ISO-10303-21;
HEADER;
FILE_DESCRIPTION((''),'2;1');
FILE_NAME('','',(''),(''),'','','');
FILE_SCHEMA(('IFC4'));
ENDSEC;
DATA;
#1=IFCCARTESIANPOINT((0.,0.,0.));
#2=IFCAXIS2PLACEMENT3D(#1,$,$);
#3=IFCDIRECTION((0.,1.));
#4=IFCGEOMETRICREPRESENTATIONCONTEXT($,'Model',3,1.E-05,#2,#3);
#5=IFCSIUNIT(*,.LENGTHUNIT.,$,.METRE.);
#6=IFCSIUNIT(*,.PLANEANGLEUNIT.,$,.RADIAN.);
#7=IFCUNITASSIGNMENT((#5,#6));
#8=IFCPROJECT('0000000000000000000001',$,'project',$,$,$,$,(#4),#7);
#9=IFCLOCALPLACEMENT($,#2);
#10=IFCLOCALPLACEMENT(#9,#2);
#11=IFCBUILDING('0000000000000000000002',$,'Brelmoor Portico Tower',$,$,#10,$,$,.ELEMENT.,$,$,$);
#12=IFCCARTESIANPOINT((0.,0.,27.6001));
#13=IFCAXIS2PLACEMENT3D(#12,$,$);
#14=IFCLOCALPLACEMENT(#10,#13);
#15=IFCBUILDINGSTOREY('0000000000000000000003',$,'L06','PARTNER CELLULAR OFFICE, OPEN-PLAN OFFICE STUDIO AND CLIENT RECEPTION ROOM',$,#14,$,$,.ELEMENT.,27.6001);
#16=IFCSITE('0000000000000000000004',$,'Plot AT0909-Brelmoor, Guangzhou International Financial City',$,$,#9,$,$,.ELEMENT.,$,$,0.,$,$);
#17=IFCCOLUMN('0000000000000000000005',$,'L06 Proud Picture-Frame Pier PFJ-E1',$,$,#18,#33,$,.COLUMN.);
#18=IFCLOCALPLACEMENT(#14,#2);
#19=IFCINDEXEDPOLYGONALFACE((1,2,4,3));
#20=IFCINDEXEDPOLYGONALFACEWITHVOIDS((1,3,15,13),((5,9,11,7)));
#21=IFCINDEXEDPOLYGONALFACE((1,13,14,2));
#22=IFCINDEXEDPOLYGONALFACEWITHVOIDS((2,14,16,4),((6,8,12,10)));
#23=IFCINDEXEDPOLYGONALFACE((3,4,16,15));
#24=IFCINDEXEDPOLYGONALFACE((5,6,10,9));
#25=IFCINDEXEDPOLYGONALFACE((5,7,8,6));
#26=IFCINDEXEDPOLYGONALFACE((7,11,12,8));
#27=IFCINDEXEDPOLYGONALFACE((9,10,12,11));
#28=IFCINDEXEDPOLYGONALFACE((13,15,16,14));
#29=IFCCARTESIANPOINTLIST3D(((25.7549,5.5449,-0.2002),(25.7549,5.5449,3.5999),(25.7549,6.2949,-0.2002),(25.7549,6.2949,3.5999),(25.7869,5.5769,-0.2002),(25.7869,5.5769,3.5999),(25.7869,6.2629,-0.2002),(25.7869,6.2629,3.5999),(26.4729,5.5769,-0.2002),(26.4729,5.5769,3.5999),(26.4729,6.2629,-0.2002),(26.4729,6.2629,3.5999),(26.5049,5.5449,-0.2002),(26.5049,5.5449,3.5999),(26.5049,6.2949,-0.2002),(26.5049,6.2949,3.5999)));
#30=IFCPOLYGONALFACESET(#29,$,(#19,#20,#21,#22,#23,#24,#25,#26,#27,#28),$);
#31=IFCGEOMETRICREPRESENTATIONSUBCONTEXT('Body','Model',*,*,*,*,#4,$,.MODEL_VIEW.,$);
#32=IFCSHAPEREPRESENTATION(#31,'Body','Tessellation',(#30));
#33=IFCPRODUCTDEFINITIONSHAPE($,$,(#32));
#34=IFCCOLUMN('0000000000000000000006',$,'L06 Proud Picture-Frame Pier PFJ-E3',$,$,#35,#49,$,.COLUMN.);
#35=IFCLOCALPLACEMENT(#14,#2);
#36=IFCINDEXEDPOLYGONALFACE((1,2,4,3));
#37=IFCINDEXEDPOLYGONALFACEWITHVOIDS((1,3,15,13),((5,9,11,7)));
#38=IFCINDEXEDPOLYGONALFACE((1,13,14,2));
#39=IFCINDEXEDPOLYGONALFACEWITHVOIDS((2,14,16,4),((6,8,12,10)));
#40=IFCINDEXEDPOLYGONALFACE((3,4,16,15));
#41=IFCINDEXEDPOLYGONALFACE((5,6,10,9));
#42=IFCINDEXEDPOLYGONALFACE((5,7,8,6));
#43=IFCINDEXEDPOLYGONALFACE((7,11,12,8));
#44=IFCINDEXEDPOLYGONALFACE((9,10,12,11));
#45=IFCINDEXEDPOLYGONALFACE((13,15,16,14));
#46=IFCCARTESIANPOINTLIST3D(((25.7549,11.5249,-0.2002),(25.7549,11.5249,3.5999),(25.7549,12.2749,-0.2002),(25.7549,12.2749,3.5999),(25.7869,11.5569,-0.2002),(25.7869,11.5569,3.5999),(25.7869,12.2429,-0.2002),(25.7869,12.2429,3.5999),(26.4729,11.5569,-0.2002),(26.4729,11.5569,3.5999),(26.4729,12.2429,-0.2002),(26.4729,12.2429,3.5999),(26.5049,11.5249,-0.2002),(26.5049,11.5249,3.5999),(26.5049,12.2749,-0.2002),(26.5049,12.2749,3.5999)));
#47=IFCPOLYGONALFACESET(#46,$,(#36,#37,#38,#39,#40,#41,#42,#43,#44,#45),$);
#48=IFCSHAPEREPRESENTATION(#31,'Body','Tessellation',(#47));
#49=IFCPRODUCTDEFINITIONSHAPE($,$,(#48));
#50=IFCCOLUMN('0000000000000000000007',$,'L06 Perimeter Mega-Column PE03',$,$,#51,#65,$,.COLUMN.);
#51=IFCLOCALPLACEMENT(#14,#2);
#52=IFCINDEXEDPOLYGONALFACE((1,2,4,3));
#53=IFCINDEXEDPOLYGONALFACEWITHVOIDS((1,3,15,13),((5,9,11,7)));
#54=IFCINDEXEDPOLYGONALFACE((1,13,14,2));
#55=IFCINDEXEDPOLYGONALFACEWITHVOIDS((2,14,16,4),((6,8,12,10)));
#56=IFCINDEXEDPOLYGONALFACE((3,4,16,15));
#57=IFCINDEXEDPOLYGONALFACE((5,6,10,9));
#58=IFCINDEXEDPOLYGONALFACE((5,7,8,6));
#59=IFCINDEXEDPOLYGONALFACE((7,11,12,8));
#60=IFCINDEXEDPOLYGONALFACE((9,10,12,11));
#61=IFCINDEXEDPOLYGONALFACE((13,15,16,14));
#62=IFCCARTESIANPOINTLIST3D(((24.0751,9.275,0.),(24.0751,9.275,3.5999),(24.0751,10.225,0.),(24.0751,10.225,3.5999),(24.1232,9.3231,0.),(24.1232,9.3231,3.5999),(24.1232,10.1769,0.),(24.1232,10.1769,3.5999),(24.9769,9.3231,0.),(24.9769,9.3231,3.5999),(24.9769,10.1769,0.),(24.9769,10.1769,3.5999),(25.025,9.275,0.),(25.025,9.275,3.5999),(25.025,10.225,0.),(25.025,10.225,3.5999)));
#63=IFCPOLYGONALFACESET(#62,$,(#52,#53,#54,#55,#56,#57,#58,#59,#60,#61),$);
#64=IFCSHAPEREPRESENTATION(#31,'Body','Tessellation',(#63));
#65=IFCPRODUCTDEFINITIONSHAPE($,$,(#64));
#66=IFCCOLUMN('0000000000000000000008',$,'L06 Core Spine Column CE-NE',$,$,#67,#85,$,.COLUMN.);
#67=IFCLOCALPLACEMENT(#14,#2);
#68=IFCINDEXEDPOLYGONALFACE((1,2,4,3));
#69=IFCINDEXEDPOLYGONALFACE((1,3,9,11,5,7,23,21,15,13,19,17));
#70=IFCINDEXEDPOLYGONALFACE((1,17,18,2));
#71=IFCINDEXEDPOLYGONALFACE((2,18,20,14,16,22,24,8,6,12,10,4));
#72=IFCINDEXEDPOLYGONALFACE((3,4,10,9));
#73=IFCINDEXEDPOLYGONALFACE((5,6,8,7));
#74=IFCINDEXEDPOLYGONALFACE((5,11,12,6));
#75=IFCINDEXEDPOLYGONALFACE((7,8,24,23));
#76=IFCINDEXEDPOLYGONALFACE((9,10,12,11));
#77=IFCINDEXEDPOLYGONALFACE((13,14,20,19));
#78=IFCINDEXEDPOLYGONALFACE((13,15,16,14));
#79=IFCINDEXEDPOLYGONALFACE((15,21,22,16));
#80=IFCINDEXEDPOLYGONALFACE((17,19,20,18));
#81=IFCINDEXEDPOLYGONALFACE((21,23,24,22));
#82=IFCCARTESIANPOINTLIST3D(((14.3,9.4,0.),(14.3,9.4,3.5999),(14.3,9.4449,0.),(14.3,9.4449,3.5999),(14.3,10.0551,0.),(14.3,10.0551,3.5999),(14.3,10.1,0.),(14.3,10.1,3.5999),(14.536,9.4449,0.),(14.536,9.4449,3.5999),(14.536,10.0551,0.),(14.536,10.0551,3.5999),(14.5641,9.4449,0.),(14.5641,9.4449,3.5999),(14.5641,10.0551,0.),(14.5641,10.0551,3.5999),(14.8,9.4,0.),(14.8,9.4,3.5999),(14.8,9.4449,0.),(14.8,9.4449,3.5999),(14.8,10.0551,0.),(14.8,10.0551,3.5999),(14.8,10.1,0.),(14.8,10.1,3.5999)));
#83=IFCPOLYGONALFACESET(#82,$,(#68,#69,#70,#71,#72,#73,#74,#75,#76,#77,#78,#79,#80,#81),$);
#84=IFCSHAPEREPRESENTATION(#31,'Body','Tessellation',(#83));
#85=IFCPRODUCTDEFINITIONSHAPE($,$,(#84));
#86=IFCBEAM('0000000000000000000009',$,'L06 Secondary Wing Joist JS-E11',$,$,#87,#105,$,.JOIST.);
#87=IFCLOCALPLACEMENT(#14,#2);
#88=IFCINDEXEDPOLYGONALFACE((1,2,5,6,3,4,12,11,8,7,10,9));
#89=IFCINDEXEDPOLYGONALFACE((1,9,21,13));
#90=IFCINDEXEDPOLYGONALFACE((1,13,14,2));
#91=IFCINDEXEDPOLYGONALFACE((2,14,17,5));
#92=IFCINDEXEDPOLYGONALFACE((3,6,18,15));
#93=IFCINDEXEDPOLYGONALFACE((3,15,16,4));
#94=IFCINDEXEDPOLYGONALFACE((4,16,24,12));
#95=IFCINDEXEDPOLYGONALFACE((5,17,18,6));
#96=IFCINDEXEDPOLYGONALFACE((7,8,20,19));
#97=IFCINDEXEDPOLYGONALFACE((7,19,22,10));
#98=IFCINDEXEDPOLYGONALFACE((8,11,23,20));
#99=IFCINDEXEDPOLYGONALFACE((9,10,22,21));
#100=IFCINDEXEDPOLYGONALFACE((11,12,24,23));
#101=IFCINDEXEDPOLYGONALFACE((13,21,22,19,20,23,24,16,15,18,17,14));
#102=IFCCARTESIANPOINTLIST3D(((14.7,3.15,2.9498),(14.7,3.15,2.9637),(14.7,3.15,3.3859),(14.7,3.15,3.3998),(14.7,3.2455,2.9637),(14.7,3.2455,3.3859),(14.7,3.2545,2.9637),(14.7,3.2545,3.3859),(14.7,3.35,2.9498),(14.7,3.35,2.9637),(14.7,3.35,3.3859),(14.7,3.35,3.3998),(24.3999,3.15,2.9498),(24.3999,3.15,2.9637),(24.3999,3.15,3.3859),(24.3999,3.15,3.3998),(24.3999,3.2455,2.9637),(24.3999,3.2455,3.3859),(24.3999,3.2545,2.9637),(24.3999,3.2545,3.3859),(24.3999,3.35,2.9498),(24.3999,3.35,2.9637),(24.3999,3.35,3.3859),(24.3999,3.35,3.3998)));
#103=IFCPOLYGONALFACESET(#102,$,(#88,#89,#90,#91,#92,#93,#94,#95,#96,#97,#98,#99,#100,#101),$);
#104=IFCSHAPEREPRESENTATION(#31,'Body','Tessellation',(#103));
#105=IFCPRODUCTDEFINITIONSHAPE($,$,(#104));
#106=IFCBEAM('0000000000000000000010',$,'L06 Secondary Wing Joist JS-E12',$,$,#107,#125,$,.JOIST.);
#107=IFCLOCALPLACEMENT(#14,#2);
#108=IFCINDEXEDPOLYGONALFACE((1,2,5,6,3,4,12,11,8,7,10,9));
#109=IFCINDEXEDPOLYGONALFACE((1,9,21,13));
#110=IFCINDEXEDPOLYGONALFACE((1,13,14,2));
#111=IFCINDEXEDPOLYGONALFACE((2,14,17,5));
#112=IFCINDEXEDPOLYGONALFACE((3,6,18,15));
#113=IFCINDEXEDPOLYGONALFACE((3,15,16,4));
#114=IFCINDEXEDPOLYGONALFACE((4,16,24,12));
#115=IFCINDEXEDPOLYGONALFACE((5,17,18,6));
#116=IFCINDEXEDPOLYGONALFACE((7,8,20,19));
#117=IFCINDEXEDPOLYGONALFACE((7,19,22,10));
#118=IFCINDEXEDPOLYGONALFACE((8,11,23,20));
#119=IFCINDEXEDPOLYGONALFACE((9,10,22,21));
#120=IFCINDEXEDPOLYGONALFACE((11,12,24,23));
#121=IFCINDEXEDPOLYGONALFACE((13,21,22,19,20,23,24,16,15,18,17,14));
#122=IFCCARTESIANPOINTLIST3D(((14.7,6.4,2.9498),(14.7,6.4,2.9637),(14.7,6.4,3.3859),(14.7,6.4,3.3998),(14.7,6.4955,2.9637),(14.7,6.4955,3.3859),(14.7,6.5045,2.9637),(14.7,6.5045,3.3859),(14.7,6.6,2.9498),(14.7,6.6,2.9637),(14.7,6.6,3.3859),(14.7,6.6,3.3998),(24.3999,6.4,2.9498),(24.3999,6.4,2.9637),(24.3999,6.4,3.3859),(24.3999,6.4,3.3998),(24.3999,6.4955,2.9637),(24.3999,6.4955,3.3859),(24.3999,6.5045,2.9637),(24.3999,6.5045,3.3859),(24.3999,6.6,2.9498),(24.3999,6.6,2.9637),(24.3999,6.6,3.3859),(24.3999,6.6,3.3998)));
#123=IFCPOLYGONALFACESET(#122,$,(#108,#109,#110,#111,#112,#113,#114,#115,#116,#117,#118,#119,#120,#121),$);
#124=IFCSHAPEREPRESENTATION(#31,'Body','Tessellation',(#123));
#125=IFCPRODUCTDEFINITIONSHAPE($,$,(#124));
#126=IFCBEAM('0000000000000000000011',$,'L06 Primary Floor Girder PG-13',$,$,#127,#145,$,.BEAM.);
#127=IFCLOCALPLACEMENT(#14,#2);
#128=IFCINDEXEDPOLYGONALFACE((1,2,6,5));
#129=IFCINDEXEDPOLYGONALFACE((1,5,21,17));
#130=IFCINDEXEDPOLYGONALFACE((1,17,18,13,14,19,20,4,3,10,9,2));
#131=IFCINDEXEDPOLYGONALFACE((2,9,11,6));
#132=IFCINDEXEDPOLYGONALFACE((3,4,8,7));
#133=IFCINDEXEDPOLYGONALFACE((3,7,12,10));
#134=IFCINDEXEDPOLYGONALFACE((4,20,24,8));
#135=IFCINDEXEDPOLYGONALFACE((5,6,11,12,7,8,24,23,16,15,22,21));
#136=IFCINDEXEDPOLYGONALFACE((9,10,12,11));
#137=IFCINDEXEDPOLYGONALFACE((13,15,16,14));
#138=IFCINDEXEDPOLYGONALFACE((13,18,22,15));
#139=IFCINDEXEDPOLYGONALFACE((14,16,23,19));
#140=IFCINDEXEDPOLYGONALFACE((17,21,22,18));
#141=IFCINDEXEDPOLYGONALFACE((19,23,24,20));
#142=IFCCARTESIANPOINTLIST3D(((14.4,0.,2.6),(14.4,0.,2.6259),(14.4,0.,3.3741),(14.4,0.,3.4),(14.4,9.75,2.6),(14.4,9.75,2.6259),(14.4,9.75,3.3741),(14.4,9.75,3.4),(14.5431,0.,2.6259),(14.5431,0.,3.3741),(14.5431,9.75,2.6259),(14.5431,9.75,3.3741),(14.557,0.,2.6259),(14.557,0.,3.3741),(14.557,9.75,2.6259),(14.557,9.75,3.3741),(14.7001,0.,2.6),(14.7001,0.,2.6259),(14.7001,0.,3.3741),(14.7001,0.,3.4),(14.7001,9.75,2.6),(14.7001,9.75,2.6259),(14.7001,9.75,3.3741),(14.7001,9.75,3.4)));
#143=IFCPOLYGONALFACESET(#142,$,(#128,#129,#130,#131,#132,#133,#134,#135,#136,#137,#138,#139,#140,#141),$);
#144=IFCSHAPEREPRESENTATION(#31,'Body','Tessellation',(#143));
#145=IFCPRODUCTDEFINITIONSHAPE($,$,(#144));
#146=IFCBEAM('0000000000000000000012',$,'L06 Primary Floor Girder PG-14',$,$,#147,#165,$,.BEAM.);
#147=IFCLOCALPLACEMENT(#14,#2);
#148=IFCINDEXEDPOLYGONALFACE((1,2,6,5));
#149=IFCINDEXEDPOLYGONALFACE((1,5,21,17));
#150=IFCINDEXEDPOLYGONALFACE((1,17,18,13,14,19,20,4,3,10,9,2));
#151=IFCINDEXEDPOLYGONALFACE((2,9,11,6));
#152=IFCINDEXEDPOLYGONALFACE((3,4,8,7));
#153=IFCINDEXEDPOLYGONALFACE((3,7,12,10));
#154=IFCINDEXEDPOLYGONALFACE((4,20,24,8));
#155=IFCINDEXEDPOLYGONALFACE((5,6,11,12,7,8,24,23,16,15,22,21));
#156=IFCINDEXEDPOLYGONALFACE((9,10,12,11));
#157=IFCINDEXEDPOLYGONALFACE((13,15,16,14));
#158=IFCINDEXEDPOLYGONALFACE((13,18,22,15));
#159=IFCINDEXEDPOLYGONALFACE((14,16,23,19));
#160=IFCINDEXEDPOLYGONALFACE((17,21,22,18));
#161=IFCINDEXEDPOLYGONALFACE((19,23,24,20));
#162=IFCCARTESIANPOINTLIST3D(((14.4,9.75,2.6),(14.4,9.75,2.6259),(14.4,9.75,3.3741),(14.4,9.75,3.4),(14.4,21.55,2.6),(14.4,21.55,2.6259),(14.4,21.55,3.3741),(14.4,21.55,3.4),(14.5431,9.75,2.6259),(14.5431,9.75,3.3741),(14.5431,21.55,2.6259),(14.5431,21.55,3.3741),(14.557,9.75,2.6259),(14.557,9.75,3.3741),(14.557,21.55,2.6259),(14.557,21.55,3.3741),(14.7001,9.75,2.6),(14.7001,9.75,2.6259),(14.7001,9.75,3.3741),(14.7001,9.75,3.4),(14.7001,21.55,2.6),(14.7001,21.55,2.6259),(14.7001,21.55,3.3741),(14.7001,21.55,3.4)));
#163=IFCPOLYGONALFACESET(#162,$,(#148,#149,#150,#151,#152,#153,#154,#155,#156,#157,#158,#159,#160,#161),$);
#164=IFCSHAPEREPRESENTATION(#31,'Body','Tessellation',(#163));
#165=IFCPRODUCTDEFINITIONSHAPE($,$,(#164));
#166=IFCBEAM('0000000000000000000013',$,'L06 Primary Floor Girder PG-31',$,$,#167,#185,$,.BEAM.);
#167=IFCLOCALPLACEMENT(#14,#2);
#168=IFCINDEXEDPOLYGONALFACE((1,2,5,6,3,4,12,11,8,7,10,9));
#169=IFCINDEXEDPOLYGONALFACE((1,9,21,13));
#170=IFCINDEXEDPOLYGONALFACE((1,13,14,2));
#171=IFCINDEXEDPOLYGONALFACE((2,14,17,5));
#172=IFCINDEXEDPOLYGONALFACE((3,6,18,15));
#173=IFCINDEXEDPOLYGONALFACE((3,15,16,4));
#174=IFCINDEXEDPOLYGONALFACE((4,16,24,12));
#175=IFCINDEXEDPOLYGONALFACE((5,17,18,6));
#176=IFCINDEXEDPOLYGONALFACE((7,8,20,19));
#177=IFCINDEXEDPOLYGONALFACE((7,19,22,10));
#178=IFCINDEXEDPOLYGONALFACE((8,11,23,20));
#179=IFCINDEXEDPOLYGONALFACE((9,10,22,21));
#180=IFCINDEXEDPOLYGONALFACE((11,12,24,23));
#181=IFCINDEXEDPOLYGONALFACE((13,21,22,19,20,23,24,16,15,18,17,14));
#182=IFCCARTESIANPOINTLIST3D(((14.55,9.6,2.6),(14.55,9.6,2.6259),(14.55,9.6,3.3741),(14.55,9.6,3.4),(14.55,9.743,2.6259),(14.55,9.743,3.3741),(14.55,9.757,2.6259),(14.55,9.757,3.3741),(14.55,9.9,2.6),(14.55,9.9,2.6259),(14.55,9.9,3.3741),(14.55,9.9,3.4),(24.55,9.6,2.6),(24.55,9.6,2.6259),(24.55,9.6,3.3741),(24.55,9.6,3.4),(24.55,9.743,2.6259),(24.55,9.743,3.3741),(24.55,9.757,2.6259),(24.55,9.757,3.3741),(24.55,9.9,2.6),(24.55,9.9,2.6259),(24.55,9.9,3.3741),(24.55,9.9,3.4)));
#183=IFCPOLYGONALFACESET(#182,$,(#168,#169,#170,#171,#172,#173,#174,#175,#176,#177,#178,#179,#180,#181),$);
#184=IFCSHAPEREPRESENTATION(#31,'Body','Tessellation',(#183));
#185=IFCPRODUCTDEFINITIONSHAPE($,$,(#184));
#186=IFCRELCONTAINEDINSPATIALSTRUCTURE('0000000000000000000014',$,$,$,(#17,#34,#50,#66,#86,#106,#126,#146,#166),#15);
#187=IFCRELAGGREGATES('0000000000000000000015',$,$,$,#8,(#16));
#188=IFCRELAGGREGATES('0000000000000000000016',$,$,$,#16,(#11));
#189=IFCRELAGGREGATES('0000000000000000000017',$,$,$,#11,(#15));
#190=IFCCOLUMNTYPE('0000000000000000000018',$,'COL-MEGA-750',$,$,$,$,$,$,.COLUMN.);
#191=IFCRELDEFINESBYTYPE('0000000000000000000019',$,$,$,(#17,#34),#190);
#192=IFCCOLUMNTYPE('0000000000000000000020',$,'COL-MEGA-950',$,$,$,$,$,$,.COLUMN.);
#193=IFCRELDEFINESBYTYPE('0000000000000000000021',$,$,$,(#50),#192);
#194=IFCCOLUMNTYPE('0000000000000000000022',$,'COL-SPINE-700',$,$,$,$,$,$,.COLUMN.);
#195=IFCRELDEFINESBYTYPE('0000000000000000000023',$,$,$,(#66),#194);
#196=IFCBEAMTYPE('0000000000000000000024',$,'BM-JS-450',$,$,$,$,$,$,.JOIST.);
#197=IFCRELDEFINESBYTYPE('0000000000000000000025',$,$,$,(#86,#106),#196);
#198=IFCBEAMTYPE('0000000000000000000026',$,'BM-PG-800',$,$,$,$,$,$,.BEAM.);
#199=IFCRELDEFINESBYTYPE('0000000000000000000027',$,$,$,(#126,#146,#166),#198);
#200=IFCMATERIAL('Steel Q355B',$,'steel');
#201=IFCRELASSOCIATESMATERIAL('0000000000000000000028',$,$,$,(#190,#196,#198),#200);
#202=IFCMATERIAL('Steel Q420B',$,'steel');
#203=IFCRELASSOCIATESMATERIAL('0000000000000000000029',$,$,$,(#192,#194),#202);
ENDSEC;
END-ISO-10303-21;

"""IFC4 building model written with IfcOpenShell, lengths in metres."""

from ifc_helpers import new_model, si_unit, direction, frame, origin, origin_2d, place, context, subcontext, project, spatial, hollow_rectangle, i_section, extrude, material, material_profile, profile_set, type_object, element, save


model = new_model("IFC4")

# Units and contexts
model_context = context("Model", 3, precision=1e-05, world=origin(), true_north=direction((0.0, 1.0)))
body_context = subcontext(model_context, "Body", "Model", "MODEL_VIEW")
ifc_project = project(units=[si_unit("LENGTHUNIT", "METRE"), si_unit("PLANEANGLEUNIT", "RADIAN")], contexts=[model_context])

# Site, building, storey
site_placement = place(None, origin())
site = spatial("IfcSite", under=ifc_project, at=site_placement, Name="Plot AT0909-Brelmoor, Guangzhou International Financial City", CompositionType="ELEMENT", RefElevation=0.0)
building_placement = place(site_placement, origin())
building = spatial("IfcBuilding", under=site, at=building_placement, Name="Brelmoor Portico Tower", CompositionType="ELEMENT")
storey_placement = place(building_placement, frame((0.0, 0.0, 27.6001)))
storey = spatial("IfcBuildingStorey", under=building, at=storey_placement, Name="L06", Description="PARTNER CELLULAR OFFICE, OPEN-PLAN OFFICE STUDIO AND CLIENT RECEPTION ROOM", CompositionType="ELEMENT", Elevation=27.6001)

# Columns
ifc_material_1 = material(Name="Steel Q355B", Category="steel")
ifc_material_profile_1 = material_profile(ifc_material_1, hollow_rectangle(XDim=0.75, YDim=0.75, WallThickness=0.032, at=origin_2d()), Name="BOX 750x750x32")
ifc_profile_set_1 = profile_set([ifc_material_profile_1], Name="Steel Q355B")
column_type_1 = type_object("IfcColumnType", Name="COL-MEGA-750", PredefinedType="COLUMN", material=ifc_profile_set_1)
for number, where, z_axis, x_axis, name in (
    (1, (26.1299, 5.9199, -0.2002), (0.0, 0.0, 1.0), (0.0, 1.0, 0.0), "L06 Proud Picture-Frame Pier PFJ-E1"),
    (2, (26.1299, 11.8999, -0.2002), (0.0, 0.0, 1.0), (0.0, 1.0, 0.0), "L06 Proud Picture-Frame Pier PFJ-E3"),
):
    element("IfcColumn", number, at=place(storey_placement, frame(where, z_axis=z_axis, x_axis=x_axis)), inside=storey, type_object=column_type_1, Name=name, PredefinedType="COLUMN", context=body_context, shape_type="SweptSolid", body=[
        extrude(hollow_rectangle(XDim=0.75, YDim=0.75, WallThickness=0.032, at=origin_2d()), origin(), (0.0, 0.0, 1.0), 3.8),
    ])
ifc_material_2 = material(Name="Steel Q420B", Category="steel")
ifc_material_profile_2 = material_profile(ifc_material_2, hollow_rectangle(XDim=0.95, YDim=0.95, WallThickness=0.0481, at=origin_2d()), Name="BOX 950x950x48")
ifc_profile_set_2 = profile_set([ifc_material_profile_2], Name="Steel Q420B")
column_type_2 = type_object("IfcColumnType", Name="COL-MEGA-950", PredefinedType="COLUMN", material=ifc_profile_set_2)
column_1_placement = place(storey_placement, frame((24.55, 9.75, 0.0), z_axis=(0.0, 0.0, 1.0), x_axis=(0.0, 1.0, 0.0)))
element("IfcColumn", 3, at=column_1_placement, inside=storey, type_object=column_type_2, Name="L06 Perimeter Mega-Column PE03", PredefinedType="COLUMN", context=body_context, shape_type="SweptSolid", body=[
    extrude(hollow_rectangle(XDim=0.95, YDim=0.95, WallThickness=0.0481, at=origin_2d()), origin(), (0.0, 0.0, 1.0), 3.5999),
])
ifc_material_profile_3 = material_profile(ifc_material_2, i_section(OverallWidth=0.5, OverallDepth=0.7, WebThickness=0.0281, FlangeThickness=0.0449, at=origin_2d()), Name="HW 700x500x28x45")
ifc_profile_set_3 = profile_set([ifc_material_profile_3], Name="Steel Q420B")
column_type_3 = type_object("IfcColumnType", Name="COL-SPINE-700", PredefinedType="COLUMN", material=ifc_profile_set_3)
column_2_placement = place(storey_placement, frame((14.55, 9.75, 0.0), z_axis=(0.0, 0.0, 1.0), x_axis=(1.0, 0.0, 0.0)))
element("IfcColumn", 4, at=column_2_placement, inside=storey, type_object=column_type_3, Name="L06 Core Spine Column CE-NE", PredefinedType="COLUMN", context=body_context, shape_type="SweptSolid", body=[
    extrude(i_section(OverallWidth=0.5, OverallDepth=0.7, WebThickness=0.0281, FlangeThickness=0.0449, at=origin_2d()), origin(), (0.0, 0.0, 1.0), 3.5999),
])

# Beams
ifc_material_profile_4 = material_profile(ifc_material_1, i_section(OverallWidth=0.2, OverallDepth=0.45, WebThickness=0.009, FlangeThickness=0.0139, at=origin_2d()), Name="HN 450x200x9x14")
ifc_profile_set_4 = profile_set([ifc_material_profile_4], Name="Steel Q355B")
beam_type_1 = type_object("IfcBeamType", Name="BM-JS-450", PredefinedType="JOIST", material=ifc_profile_set_4)
for number, where, z_axis, x_axis, name in (
    (5, (14.7, 3.25, 3.1748), (1.0, 0.0, 0.0), (0.0, 1.0, 0.0), "L06 Secondary Wing Joist JS-E11"),
    (6, (14.7, 6.5, 3.1748), (1.0, 0.0, 0.0), (0.0, 1.0, 0.0), "L06 Secondary Wing Joist JS-E12"),
):
    element("IfcBeam", number, at=place(storey_placement, frame(where, z_axis=z_axis, x_axis=x_axis)), inside=storey, type_object=beam_type_1, Name=name, PredefinedType="JOIST", context=body_context, shape_type="SweptSolid", body=[
        extrude(i_section(OverallWidth=0.2, OverallDepth=0.45, WebThickness=0.009, FlangeThickness=0.0139, at=origin_2d()), origin(), (0.0, 0.0, 1.0), 9.7),
    ])
ifc_material_profile_5 = material_profile(ifc_material_1, i_section(OverallWidth=0.3, OverallDepth=0.8, WebThickness=0.0139, FlangeThickness=0.0259, at=origin_2d()), Name="HN 800x300x14x26")
ifc_profile_set_5 = profile_set([ifc_material_profile_5], Name="Steel Q355B")
beam_type_2 = type_object("IfcBeamType", Name="BM-PG-800", PredefinedType="BEAM", material=ifc_profile_set_5)
beam_1_placement = place(storey_placement, frame((14.55, 0.0, 3.0), z_axis=(0.0, 1.0, 0.0), x_axis=(-1.0, 0.0, 0.0)))
element("IfcBeam", 7, at=beam_1_placement, inside=storey, type_object=beam_type_2, Name="L06 Primary Floor Girder PG-13", PredefinedType="BEAM", context=body_context, shape_type="SweptSolid", body=[
    extrude(i_section(OverallWidth=0.3, OverallDepth=0.8, WebThickness=0.0139, FlangeThickness=0.0259, at=origin_2d()), origin(), (0.0, 0.0, 1.0), 9.75),
])
beam_2_placement = place(storey_placement, frame((14.55, 9.75, 3.0), z_axis=(0.0, 1.0, 0.0), x_axis=(-1.0, 0.0, 0.0)))
element("IfcBeam", 8, at=beam_2_placement, inside=storey, type_object=beam_type_2, Name="L06 Primary Floor Girder PG-14", PredefinedType="BEAM", context=body_context, shape_type="SweptSolid", body=[
    extrude(i_section(OverallWidth=0.3, OverallDepth=0.8, WebThickness=0.0139, FlangeThickness=0.0259, at=origin_2d()), origin(), (0.0, 0.0, 1.0), 11.8),
])
beam_3_placement = place(storey_placement, frame((14.55, 9.75, 3.0), z_axis=(1.0, 0.0, 0.0), x_axis=(0.0, 1.0, 0.0)))
element("IfcBeam", 9, at=beam_3_placement, inside=storey, type_object=beam_type_2, Name="L06 Primary Floor Girder PG-31", PredefinedType="BEAM", context=body_context, shape_type="SweptSolid", body=[
    extrude(i_section(OverallWidth=0.3, OverallDepth=0.8, WebThickness=0.0139, FlangeThickness=0.0259, at=origin_2d()), origin(), (0.0, 0.0, 1.0), 10.0),
])

save(model, "model.ifc")
